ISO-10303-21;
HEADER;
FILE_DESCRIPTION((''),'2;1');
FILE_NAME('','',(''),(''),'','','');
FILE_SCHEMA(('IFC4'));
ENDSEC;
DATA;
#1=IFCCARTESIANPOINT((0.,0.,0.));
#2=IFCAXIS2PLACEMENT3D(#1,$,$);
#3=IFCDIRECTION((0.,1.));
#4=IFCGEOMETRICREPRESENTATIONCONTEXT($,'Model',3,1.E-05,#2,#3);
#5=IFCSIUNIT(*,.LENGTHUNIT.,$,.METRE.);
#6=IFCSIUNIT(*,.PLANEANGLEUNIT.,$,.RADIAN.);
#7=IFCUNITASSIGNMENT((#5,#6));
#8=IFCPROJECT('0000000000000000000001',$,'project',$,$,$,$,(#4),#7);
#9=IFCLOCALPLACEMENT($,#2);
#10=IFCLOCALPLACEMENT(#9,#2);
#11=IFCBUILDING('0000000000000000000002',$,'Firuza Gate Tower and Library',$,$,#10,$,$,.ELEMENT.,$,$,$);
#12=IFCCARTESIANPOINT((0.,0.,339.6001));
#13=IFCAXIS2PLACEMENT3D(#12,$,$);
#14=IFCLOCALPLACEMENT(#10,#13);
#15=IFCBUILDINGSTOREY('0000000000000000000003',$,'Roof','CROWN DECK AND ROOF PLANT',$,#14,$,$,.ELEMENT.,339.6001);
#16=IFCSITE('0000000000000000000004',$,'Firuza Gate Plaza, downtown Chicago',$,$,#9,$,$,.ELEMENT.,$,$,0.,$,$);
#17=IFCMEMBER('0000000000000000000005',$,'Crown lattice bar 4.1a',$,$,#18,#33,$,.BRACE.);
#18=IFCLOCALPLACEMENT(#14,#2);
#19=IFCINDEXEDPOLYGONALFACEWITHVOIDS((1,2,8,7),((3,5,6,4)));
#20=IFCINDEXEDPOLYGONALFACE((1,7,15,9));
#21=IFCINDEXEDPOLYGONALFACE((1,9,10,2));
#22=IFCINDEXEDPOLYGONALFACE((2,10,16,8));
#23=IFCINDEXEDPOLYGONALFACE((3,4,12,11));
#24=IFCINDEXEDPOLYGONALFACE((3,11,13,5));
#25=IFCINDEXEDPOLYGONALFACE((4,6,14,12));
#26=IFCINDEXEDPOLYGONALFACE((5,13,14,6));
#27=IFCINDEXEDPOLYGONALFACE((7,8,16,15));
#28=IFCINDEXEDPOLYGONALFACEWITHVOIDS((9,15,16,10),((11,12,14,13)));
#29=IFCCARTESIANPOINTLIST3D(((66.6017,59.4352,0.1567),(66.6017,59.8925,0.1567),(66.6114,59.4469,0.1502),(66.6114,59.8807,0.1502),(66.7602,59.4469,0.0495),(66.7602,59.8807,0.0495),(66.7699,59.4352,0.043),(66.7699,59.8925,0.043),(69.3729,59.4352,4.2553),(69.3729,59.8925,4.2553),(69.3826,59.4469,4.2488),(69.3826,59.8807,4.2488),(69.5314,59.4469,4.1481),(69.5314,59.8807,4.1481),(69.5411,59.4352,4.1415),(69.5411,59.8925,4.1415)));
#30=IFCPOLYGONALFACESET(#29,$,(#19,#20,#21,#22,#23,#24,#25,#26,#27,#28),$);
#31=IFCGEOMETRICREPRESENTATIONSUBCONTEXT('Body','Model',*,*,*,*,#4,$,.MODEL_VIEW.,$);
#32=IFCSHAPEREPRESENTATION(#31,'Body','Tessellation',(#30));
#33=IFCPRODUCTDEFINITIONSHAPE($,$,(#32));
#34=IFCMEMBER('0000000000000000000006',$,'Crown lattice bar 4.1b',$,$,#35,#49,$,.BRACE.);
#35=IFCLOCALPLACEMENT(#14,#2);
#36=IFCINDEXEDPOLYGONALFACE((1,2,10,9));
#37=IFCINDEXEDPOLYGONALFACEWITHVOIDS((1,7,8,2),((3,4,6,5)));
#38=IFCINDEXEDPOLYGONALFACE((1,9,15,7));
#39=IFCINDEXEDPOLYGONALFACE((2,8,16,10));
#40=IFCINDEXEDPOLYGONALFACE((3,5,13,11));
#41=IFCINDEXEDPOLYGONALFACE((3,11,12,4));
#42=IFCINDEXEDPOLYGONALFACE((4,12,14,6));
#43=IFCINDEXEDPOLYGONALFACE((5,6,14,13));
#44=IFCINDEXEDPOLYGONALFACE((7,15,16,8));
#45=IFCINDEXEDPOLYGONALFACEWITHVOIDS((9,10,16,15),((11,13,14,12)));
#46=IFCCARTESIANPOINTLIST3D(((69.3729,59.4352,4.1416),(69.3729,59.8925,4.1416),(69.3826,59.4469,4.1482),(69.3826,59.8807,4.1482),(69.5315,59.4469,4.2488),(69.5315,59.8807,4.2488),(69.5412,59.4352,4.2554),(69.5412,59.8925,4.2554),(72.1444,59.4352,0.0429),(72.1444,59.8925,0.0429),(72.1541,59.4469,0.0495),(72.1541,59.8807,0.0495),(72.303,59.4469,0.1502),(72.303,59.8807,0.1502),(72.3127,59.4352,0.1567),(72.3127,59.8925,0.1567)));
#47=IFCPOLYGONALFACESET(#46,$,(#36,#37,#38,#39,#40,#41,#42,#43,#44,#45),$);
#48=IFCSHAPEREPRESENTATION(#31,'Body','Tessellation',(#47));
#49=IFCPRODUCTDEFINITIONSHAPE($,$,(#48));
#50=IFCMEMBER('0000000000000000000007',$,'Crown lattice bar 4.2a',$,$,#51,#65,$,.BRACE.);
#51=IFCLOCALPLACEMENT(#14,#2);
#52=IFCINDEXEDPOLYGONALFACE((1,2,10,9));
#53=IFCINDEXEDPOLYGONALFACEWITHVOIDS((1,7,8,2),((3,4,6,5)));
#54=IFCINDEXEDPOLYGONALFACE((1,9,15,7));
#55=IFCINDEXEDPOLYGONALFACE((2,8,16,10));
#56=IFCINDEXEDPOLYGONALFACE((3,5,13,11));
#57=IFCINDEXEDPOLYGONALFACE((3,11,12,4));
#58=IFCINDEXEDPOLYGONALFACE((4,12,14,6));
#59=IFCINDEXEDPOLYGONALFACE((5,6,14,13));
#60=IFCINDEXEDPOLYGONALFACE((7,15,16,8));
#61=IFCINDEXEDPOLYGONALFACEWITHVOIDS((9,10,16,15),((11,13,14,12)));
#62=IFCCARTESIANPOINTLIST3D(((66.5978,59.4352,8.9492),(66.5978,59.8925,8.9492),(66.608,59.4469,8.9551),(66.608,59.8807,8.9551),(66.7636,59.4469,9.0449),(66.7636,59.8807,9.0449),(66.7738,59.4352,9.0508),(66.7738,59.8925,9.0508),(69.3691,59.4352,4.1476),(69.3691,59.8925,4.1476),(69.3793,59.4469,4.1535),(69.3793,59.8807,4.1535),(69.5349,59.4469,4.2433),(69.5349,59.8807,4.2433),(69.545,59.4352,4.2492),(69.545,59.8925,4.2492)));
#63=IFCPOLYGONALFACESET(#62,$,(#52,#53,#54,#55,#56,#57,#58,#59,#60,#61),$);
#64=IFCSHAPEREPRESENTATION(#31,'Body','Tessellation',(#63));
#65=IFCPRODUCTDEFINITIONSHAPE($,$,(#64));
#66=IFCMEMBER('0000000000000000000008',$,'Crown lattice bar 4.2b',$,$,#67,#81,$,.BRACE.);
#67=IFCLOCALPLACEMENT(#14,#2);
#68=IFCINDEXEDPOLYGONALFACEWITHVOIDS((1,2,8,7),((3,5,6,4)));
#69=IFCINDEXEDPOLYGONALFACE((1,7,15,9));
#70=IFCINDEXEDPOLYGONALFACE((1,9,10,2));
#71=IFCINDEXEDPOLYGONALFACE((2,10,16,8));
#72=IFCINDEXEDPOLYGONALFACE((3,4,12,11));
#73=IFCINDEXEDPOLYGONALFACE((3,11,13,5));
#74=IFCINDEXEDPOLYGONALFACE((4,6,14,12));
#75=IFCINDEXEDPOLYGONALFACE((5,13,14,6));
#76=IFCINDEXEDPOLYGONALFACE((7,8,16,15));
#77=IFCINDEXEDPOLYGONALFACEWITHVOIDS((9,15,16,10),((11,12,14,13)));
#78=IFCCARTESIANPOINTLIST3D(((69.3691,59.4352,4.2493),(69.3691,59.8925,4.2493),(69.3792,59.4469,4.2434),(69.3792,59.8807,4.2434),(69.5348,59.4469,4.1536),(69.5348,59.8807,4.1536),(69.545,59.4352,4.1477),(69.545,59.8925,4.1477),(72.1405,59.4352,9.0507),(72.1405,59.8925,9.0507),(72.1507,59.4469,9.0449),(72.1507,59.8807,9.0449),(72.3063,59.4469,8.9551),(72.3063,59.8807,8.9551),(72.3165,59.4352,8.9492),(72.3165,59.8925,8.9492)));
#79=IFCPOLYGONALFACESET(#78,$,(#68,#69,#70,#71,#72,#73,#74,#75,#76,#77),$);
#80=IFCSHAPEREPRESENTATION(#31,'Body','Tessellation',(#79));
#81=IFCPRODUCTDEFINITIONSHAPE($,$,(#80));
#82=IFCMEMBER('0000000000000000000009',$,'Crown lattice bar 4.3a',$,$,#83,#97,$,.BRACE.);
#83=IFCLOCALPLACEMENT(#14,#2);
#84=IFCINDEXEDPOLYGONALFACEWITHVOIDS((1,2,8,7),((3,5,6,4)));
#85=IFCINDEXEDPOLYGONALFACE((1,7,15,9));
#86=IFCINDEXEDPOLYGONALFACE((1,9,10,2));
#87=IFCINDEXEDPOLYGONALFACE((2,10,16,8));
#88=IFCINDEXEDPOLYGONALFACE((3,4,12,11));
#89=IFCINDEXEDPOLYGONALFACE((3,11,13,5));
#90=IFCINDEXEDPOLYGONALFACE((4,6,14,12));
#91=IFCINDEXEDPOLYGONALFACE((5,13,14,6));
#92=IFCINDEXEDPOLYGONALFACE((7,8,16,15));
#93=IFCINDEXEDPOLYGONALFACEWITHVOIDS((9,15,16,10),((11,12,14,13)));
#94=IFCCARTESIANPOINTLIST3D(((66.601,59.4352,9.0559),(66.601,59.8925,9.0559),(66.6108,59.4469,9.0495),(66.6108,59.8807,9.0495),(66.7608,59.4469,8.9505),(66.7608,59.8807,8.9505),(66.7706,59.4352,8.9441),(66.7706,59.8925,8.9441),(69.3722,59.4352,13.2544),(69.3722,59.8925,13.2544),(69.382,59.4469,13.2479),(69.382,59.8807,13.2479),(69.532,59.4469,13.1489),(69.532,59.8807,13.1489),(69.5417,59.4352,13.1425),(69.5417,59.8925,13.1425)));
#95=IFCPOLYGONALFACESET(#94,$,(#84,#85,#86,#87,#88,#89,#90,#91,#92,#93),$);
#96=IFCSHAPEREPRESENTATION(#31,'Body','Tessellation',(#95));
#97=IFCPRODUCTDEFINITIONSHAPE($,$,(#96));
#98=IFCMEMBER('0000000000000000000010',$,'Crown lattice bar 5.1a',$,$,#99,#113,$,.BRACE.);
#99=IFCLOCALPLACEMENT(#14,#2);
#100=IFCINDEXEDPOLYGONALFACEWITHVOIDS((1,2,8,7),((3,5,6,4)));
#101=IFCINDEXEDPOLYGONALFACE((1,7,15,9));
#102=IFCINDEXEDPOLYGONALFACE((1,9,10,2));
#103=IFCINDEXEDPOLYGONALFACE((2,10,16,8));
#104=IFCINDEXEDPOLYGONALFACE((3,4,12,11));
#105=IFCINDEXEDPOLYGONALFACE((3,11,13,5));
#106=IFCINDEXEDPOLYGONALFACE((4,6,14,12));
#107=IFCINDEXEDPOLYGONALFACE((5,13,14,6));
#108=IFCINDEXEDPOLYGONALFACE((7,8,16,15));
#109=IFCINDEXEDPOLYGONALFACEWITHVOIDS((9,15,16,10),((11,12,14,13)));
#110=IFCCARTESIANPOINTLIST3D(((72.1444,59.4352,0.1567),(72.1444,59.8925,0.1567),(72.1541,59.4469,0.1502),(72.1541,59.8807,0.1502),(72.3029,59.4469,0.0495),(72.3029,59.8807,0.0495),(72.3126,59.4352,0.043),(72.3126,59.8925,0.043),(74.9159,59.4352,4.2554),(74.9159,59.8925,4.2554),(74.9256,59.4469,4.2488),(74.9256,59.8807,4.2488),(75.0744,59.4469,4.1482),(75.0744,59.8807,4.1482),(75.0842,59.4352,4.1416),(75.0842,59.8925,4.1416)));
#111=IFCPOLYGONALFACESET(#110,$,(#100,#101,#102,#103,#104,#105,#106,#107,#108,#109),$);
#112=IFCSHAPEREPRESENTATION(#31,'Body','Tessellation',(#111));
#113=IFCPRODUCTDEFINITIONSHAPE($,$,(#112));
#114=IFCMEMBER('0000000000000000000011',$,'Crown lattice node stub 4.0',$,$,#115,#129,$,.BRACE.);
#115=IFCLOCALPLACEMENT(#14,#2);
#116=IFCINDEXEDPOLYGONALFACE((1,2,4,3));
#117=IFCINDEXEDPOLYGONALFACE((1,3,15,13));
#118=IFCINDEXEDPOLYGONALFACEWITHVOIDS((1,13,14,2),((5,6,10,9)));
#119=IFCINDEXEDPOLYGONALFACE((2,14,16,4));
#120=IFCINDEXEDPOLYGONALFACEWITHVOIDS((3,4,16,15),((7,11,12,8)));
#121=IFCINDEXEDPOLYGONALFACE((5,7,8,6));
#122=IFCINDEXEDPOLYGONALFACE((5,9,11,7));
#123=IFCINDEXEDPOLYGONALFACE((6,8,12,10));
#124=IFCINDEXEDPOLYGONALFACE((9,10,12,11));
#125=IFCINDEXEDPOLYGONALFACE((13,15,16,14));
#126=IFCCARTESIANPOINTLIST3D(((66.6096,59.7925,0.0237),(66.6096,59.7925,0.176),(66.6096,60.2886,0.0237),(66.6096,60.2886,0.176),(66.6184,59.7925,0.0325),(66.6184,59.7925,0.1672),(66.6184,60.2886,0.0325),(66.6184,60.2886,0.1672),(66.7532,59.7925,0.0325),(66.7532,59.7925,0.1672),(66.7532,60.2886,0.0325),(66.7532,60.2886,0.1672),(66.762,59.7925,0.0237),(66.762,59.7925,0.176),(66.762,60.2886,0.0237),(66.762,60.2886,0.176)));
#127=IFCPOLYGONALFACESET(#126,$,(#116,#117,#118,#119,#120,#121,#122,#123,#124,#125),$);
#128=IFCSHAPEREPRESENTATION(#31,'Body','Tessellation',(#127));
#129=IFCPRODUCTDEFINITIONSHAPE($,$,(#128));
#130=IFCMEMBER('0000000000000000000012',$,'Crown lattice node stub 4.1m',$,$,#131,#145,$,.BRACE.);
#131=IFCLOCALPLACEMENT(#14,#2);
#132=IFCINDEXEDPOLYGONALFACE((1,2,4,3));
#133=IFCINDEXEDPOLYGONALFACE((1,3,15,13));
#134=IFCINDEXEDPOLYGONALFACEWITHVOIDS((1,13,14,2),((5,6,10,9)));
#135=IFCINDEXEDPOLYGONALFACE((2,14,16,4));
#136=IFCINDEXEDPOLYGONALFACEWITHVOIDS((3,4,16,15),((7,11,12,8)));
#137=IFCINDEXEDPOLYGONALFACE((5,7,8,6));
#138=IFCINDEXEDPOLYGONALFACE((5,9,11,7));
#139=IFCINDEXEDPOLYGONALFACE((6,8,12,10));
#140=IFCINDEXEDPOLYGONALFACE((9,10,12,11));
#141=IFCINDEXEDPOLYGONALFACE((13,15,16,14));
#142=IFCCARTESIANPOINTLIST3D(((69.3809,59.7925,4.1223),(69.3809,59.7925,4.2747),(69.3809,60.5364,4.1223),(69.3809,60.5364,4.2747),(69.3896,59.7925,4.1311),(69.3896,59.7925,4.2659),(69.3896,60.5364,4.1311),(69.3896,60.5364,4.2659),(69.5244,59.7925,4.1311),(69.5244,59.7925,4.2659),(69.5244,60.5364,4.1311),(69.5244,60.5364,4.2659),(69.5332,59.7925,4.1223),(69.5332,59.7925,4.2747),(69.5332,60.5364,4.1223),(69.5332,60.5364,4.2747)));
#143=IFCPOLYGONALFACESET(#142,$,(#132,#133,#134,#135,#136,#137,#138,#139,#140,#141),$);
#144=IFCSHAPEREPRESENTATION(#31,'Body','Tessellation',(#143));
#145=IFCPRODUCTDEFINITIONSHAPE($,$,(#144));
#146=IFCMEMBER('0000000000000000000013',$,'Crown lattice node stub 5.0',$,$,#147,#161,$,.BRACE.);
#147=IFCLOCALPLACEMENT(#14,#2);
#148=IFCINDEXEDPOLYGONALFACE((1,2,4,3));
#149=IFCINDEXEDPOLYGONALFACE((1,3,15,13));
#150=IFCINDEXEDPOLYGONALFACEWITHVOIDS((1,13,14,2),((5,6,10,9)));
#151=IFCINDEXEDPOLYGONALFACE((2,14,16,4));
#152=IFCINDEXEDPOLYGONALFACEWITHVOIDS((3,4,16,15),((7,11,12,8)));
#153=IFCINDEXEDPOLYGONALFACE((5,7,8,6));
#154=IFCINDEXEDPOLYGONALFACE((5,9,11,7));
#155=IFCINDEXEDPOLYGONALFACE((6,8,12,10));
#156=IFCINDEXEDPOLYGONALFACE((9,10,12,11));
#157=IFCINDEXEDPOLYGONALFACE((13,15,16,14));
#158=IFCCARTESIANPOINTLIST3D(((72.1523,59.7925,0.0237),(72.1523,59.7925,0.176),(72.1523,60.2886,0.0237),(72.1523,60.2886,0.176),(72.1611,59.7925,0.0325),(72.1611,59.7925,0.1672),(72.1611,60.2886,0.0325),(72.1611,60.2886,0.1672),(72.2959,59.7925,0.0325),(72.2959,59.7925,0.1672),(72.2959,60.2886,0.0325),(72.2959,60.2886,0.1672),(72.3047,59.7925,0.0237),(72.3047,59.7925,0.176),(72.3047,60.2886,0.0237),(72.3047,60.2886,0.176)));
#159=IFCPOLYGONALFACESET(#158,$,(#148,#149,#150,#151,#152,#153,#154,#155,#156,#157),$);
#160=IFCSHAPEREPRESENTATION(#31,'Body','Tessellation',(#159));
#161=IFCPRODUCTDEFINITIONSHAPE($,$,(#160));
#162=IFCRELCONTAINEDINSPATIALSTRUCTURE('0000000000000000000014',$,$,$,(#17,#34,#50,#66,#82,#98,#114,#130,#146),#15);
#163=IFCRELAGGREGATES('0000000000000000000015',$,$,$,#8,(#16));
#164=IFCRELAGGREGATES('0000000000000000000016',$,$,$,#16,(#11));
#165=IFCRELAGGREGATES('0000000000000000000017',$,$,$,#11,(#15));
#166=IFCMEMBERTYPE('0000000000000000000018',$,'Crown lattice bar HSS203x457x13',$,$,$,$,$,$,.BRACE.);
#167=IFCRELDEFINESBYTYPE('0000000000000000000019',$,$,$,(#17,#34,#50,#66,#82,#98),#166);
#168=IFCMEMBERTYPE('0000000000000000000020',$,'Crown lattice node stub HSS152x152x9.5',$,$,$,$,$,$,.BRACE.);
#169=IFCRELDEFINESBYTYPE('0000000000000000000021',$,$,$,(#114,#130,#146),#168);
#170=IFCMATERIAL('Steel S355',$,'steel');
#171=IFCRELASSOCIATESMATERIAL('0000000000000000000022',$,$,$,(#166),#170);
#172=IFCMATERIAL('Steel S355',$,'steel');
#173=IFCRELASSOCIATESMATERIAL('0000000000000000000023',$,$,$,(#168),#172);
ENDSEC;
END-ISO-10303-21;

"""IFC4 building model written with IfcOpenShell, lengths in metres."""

from ifc_helpers import new_model, si_unit, direction, frame, origin, origin_2d, place, context, subcontext, project, spatial, hollow_rectangle, extrude, material, material_profile, profile_set, type_object, element, save


model = new_model("IFC4")

# Units and contexts
model_context = context("Model", 3, precision=1e-05, world=origin(), true_north=direction((0.0, 1.0)))
body_context = subcontext(model_context, "Body", "Model", "MODEL_VIEW")
ifc_project = project(units=[si_unit("LENGTHUNIT", "METRE"), si_unit("PLANEANGLEUNIT", "RADIAN")], contexts=[model_context])

# Site, building, storey
site_placement = place(None, origin())
site = spatial("IfcSite", under=ifc_project, at=site_placement, Name="Firuza Gate Plaza, downtown Chicago", CompositionType="ELEMENT", RefElevation=0.0)
building_placement = place(site_placement, origin())
building = spatial("IfcBuilding", under=site, at=building_placement, Name="Firuza Gate Tower and Library", CompositionType="ELEMENT")
storey_placement = place(building_placement, frame((0.0, 0.0, 339.6001)))
storey = spatial("IfcBuildingStorey", under=building, at=storey_placement, Name="Roof", Description="CROWN DECK AND ROOF PLANT", CompositionType="ELEMENT", Elevation=339.6001)

# Members
ifc_material_1 = material(Name="Steel S355", Category="steel")
ifc_material_profile_1 = material_profile(ifc_material_1, hollow_rectangle(XDim=0.4573, YDim=0.2031, WallThickness=0.0117, at=origin_2d()))
ifc_profile_set_1 = profile_set([ifc_material_profile_1], Name="Steel S355")
member_type_1 = type_object("IfcMemberType", Name="Crown lattice bar HSS203x457x13", PredefinedType="BRACE", material=ifc_profile_set_1)
member_1_placement = place(storey_placement, frame((66.6858, 59.6638, 0.0999), z_axis=(0.56012, 0.0, 0.828411), x_axis=(0.0, 1.0, 0.0)))
element("IfcMember", 1, at=member_1_placement, inside=storey, type_object=member_type_1, Name="Crown lattice bar 4.1a", PredefinedType="BRACE", context=body_context, shape_type="SweptSolid", body=[
    extrude(hollow_rectangle(XDim=0.4573, YDim=0.2031, WallThickness=0.0117, at=origin_2d()), origin(), (0.0, 0.0, 1.0), 4.9475),
])
member_2_placement = place(storey_placement, frame((69.457, 59.6638, 4.1985), z_axis=(0.560154, 0.0, -0.828388), x_axis=(0.0, 1.0, 0.0)))
element("IfcMember", 2, at=member_2_placement, inside=storey, type_object=member_type_1, Name="Crown lattice bar 4.1b", PredefinedType="BRACE", context=body_context, shape_type="SweptSolid", body=[
    extrude(hollow_rectangle(XDim=0.4573, YDim=0.2031, WallThickness=0.0117, at=origin_2d()), origin(), (0.0, 0.0, 1.0), 4.9478),
])
for number, where, z_axis, x_axis, name in (
    (3, (66.6858, 59.6638, 9.0), (0.499876, 0.0, -0.866097), (0.0, 1.0, 0.0), "Crown lattice bar 4.2a"),
    (4, (69.457, 59.6638, 4.1985), (0.499909, 0.0, 0.866078), (0.0, 1.0, 0.0), "Crown lattice bar 4.2b"),
):
    element("IfcMember", number, at=place(storey_placement, frame(where, z_axis=z_axis, x_axis=x_axis)), inside=storey, type_object=member_type_1, Name=name, PredefinedType="BRACE", context=body_context, shape_type="SweptSolid", body=[
        extrude(hollow_rectangle(XDim=0.4573, YDim=0.2031, WallThickness=0.0117, at=origin_2d()), origin(), (0.0, 0.0, 1.0), 5.5439),
    ])
member_3_placement = place(storey_placement, frame((66.6858, 59.6638, 9.0), z_axis=(0.550875, 0.0, 0.834588), x_axis=(0.0, 1.0, 0.0)))
element("IfcMember", 5, at=member_3_placement, inside=storey, type_object=member_type_1, Name="Crown lattice bar 4.3a", PredefinedType="BRACE", context=body_context, shape_type="SweptSolid", body=[
    extrude(hollow_rectangle(XDim=0.4573, YDim=0.2031, WallThickness=0.0117, at=origin_2d()), origin(), (0.0, 0.0, 1.0), 5.0305),
])
member_4_placement = place(storey_placement, frame((72.2285, 59.6638, 0.0999), z_axis=(0.560154, 0.0, 0.828388), x_axis=(0.0, 1.0, 0.0)))
element("IfcMember", 6, at=member_4_placement, inside=storey, type_object=member_type_1, Name="Crown lattice bar 5.1a", PredefinedType="BRACE", context=body_context, shape_type="SweptSolid", body=[
    extrude(hollow_rectangle(XDim=0.4573, YDim=0.2031, WallThickness=0.0117, at=origin_2d()), origin(), (0.0, 0.0, 1.0), 4.9478),
])
ifc_material_2 = material(Name="Steel S355", Category="steel")
ifc_material_profile_2 = material_profile(ifc_material_2, hollow_rectangle(XDim=0.1523, YDim=0.1523, WallThickness=0.0088, at=origin_2d()))
ifc_profile_set_2 = profile_set([ifc_material_profile_2], Name="Steel S355")
member_type_2 = type_object("IfcMemberType", Name="Crown lattice node stub HSS152x152x9.5", PredefinedType="BRACE", material=ifc_profile_set_2)
member_5_placement = place(storey_placement, frame((66.6858, 60.2886, 0.0999), z_axis=(0.0, -1.0, 0.0), x_axis=(1.0, 0.0, 0.0)))
element("IfcMember", 7, at=member_5_placement, inside=storey, type_object=member_type_2, Name="Crown lattice node stub 4.0", PredefinedType="BRACE", context=body_context, shape_type="SweptSolid", body=[
    extrude(hollow_rectangle(XDim=0.1523, YDim=0.1523, WallThickness=0.0088, at=origin_2d()), origin(), (0.0, 0.0, 1.0), 0.4961),
])
member_6_placement = place(storey_placement, frame((69.457, 60.5364, 4.1985), z_axis=(0.0, -1.0, 0.0), x_axis=(1.0, 0.0, 0.0)))
element("IfcMember", 8, at=member_6_placement, inside=storey, type_object=member_type_2, Name="Crown lattice node stub 4.1m", PredefinedType="BRACE", context=body_context, shape_type="SweptSolid", body=[
    extrude(hollow_rectangle(XDim=0.1523, YDim=0.1523, WallThickness=0.0088, at=origin_2d()), origin(), (0.0, 0.0, 1.0), 0.7439),
])
member_7_placement = place(storey_placement, frame((72.2285, 60.2886, 0.0999), z_axis=(0.0, -1.0, 0.0), x_axis=(1.0, 0.0, 0.0)))
element("IfcMember", 9, at=member_7_placement, inside=storey, type_object=member_type_2, Name="Crown lattice node stub 5.0", PredefinedType="BRACE", context=body_context, shape_type="SweptSolid", body=[
    extrude(hollow_rectangle(XDim=0.1523, YDim=0.1523, WallThickness=0.0088, at=origin_2d()), origin(), (0.0, 0.0, 1.0), 0.4961),
])

save(model, "model.ifc")
